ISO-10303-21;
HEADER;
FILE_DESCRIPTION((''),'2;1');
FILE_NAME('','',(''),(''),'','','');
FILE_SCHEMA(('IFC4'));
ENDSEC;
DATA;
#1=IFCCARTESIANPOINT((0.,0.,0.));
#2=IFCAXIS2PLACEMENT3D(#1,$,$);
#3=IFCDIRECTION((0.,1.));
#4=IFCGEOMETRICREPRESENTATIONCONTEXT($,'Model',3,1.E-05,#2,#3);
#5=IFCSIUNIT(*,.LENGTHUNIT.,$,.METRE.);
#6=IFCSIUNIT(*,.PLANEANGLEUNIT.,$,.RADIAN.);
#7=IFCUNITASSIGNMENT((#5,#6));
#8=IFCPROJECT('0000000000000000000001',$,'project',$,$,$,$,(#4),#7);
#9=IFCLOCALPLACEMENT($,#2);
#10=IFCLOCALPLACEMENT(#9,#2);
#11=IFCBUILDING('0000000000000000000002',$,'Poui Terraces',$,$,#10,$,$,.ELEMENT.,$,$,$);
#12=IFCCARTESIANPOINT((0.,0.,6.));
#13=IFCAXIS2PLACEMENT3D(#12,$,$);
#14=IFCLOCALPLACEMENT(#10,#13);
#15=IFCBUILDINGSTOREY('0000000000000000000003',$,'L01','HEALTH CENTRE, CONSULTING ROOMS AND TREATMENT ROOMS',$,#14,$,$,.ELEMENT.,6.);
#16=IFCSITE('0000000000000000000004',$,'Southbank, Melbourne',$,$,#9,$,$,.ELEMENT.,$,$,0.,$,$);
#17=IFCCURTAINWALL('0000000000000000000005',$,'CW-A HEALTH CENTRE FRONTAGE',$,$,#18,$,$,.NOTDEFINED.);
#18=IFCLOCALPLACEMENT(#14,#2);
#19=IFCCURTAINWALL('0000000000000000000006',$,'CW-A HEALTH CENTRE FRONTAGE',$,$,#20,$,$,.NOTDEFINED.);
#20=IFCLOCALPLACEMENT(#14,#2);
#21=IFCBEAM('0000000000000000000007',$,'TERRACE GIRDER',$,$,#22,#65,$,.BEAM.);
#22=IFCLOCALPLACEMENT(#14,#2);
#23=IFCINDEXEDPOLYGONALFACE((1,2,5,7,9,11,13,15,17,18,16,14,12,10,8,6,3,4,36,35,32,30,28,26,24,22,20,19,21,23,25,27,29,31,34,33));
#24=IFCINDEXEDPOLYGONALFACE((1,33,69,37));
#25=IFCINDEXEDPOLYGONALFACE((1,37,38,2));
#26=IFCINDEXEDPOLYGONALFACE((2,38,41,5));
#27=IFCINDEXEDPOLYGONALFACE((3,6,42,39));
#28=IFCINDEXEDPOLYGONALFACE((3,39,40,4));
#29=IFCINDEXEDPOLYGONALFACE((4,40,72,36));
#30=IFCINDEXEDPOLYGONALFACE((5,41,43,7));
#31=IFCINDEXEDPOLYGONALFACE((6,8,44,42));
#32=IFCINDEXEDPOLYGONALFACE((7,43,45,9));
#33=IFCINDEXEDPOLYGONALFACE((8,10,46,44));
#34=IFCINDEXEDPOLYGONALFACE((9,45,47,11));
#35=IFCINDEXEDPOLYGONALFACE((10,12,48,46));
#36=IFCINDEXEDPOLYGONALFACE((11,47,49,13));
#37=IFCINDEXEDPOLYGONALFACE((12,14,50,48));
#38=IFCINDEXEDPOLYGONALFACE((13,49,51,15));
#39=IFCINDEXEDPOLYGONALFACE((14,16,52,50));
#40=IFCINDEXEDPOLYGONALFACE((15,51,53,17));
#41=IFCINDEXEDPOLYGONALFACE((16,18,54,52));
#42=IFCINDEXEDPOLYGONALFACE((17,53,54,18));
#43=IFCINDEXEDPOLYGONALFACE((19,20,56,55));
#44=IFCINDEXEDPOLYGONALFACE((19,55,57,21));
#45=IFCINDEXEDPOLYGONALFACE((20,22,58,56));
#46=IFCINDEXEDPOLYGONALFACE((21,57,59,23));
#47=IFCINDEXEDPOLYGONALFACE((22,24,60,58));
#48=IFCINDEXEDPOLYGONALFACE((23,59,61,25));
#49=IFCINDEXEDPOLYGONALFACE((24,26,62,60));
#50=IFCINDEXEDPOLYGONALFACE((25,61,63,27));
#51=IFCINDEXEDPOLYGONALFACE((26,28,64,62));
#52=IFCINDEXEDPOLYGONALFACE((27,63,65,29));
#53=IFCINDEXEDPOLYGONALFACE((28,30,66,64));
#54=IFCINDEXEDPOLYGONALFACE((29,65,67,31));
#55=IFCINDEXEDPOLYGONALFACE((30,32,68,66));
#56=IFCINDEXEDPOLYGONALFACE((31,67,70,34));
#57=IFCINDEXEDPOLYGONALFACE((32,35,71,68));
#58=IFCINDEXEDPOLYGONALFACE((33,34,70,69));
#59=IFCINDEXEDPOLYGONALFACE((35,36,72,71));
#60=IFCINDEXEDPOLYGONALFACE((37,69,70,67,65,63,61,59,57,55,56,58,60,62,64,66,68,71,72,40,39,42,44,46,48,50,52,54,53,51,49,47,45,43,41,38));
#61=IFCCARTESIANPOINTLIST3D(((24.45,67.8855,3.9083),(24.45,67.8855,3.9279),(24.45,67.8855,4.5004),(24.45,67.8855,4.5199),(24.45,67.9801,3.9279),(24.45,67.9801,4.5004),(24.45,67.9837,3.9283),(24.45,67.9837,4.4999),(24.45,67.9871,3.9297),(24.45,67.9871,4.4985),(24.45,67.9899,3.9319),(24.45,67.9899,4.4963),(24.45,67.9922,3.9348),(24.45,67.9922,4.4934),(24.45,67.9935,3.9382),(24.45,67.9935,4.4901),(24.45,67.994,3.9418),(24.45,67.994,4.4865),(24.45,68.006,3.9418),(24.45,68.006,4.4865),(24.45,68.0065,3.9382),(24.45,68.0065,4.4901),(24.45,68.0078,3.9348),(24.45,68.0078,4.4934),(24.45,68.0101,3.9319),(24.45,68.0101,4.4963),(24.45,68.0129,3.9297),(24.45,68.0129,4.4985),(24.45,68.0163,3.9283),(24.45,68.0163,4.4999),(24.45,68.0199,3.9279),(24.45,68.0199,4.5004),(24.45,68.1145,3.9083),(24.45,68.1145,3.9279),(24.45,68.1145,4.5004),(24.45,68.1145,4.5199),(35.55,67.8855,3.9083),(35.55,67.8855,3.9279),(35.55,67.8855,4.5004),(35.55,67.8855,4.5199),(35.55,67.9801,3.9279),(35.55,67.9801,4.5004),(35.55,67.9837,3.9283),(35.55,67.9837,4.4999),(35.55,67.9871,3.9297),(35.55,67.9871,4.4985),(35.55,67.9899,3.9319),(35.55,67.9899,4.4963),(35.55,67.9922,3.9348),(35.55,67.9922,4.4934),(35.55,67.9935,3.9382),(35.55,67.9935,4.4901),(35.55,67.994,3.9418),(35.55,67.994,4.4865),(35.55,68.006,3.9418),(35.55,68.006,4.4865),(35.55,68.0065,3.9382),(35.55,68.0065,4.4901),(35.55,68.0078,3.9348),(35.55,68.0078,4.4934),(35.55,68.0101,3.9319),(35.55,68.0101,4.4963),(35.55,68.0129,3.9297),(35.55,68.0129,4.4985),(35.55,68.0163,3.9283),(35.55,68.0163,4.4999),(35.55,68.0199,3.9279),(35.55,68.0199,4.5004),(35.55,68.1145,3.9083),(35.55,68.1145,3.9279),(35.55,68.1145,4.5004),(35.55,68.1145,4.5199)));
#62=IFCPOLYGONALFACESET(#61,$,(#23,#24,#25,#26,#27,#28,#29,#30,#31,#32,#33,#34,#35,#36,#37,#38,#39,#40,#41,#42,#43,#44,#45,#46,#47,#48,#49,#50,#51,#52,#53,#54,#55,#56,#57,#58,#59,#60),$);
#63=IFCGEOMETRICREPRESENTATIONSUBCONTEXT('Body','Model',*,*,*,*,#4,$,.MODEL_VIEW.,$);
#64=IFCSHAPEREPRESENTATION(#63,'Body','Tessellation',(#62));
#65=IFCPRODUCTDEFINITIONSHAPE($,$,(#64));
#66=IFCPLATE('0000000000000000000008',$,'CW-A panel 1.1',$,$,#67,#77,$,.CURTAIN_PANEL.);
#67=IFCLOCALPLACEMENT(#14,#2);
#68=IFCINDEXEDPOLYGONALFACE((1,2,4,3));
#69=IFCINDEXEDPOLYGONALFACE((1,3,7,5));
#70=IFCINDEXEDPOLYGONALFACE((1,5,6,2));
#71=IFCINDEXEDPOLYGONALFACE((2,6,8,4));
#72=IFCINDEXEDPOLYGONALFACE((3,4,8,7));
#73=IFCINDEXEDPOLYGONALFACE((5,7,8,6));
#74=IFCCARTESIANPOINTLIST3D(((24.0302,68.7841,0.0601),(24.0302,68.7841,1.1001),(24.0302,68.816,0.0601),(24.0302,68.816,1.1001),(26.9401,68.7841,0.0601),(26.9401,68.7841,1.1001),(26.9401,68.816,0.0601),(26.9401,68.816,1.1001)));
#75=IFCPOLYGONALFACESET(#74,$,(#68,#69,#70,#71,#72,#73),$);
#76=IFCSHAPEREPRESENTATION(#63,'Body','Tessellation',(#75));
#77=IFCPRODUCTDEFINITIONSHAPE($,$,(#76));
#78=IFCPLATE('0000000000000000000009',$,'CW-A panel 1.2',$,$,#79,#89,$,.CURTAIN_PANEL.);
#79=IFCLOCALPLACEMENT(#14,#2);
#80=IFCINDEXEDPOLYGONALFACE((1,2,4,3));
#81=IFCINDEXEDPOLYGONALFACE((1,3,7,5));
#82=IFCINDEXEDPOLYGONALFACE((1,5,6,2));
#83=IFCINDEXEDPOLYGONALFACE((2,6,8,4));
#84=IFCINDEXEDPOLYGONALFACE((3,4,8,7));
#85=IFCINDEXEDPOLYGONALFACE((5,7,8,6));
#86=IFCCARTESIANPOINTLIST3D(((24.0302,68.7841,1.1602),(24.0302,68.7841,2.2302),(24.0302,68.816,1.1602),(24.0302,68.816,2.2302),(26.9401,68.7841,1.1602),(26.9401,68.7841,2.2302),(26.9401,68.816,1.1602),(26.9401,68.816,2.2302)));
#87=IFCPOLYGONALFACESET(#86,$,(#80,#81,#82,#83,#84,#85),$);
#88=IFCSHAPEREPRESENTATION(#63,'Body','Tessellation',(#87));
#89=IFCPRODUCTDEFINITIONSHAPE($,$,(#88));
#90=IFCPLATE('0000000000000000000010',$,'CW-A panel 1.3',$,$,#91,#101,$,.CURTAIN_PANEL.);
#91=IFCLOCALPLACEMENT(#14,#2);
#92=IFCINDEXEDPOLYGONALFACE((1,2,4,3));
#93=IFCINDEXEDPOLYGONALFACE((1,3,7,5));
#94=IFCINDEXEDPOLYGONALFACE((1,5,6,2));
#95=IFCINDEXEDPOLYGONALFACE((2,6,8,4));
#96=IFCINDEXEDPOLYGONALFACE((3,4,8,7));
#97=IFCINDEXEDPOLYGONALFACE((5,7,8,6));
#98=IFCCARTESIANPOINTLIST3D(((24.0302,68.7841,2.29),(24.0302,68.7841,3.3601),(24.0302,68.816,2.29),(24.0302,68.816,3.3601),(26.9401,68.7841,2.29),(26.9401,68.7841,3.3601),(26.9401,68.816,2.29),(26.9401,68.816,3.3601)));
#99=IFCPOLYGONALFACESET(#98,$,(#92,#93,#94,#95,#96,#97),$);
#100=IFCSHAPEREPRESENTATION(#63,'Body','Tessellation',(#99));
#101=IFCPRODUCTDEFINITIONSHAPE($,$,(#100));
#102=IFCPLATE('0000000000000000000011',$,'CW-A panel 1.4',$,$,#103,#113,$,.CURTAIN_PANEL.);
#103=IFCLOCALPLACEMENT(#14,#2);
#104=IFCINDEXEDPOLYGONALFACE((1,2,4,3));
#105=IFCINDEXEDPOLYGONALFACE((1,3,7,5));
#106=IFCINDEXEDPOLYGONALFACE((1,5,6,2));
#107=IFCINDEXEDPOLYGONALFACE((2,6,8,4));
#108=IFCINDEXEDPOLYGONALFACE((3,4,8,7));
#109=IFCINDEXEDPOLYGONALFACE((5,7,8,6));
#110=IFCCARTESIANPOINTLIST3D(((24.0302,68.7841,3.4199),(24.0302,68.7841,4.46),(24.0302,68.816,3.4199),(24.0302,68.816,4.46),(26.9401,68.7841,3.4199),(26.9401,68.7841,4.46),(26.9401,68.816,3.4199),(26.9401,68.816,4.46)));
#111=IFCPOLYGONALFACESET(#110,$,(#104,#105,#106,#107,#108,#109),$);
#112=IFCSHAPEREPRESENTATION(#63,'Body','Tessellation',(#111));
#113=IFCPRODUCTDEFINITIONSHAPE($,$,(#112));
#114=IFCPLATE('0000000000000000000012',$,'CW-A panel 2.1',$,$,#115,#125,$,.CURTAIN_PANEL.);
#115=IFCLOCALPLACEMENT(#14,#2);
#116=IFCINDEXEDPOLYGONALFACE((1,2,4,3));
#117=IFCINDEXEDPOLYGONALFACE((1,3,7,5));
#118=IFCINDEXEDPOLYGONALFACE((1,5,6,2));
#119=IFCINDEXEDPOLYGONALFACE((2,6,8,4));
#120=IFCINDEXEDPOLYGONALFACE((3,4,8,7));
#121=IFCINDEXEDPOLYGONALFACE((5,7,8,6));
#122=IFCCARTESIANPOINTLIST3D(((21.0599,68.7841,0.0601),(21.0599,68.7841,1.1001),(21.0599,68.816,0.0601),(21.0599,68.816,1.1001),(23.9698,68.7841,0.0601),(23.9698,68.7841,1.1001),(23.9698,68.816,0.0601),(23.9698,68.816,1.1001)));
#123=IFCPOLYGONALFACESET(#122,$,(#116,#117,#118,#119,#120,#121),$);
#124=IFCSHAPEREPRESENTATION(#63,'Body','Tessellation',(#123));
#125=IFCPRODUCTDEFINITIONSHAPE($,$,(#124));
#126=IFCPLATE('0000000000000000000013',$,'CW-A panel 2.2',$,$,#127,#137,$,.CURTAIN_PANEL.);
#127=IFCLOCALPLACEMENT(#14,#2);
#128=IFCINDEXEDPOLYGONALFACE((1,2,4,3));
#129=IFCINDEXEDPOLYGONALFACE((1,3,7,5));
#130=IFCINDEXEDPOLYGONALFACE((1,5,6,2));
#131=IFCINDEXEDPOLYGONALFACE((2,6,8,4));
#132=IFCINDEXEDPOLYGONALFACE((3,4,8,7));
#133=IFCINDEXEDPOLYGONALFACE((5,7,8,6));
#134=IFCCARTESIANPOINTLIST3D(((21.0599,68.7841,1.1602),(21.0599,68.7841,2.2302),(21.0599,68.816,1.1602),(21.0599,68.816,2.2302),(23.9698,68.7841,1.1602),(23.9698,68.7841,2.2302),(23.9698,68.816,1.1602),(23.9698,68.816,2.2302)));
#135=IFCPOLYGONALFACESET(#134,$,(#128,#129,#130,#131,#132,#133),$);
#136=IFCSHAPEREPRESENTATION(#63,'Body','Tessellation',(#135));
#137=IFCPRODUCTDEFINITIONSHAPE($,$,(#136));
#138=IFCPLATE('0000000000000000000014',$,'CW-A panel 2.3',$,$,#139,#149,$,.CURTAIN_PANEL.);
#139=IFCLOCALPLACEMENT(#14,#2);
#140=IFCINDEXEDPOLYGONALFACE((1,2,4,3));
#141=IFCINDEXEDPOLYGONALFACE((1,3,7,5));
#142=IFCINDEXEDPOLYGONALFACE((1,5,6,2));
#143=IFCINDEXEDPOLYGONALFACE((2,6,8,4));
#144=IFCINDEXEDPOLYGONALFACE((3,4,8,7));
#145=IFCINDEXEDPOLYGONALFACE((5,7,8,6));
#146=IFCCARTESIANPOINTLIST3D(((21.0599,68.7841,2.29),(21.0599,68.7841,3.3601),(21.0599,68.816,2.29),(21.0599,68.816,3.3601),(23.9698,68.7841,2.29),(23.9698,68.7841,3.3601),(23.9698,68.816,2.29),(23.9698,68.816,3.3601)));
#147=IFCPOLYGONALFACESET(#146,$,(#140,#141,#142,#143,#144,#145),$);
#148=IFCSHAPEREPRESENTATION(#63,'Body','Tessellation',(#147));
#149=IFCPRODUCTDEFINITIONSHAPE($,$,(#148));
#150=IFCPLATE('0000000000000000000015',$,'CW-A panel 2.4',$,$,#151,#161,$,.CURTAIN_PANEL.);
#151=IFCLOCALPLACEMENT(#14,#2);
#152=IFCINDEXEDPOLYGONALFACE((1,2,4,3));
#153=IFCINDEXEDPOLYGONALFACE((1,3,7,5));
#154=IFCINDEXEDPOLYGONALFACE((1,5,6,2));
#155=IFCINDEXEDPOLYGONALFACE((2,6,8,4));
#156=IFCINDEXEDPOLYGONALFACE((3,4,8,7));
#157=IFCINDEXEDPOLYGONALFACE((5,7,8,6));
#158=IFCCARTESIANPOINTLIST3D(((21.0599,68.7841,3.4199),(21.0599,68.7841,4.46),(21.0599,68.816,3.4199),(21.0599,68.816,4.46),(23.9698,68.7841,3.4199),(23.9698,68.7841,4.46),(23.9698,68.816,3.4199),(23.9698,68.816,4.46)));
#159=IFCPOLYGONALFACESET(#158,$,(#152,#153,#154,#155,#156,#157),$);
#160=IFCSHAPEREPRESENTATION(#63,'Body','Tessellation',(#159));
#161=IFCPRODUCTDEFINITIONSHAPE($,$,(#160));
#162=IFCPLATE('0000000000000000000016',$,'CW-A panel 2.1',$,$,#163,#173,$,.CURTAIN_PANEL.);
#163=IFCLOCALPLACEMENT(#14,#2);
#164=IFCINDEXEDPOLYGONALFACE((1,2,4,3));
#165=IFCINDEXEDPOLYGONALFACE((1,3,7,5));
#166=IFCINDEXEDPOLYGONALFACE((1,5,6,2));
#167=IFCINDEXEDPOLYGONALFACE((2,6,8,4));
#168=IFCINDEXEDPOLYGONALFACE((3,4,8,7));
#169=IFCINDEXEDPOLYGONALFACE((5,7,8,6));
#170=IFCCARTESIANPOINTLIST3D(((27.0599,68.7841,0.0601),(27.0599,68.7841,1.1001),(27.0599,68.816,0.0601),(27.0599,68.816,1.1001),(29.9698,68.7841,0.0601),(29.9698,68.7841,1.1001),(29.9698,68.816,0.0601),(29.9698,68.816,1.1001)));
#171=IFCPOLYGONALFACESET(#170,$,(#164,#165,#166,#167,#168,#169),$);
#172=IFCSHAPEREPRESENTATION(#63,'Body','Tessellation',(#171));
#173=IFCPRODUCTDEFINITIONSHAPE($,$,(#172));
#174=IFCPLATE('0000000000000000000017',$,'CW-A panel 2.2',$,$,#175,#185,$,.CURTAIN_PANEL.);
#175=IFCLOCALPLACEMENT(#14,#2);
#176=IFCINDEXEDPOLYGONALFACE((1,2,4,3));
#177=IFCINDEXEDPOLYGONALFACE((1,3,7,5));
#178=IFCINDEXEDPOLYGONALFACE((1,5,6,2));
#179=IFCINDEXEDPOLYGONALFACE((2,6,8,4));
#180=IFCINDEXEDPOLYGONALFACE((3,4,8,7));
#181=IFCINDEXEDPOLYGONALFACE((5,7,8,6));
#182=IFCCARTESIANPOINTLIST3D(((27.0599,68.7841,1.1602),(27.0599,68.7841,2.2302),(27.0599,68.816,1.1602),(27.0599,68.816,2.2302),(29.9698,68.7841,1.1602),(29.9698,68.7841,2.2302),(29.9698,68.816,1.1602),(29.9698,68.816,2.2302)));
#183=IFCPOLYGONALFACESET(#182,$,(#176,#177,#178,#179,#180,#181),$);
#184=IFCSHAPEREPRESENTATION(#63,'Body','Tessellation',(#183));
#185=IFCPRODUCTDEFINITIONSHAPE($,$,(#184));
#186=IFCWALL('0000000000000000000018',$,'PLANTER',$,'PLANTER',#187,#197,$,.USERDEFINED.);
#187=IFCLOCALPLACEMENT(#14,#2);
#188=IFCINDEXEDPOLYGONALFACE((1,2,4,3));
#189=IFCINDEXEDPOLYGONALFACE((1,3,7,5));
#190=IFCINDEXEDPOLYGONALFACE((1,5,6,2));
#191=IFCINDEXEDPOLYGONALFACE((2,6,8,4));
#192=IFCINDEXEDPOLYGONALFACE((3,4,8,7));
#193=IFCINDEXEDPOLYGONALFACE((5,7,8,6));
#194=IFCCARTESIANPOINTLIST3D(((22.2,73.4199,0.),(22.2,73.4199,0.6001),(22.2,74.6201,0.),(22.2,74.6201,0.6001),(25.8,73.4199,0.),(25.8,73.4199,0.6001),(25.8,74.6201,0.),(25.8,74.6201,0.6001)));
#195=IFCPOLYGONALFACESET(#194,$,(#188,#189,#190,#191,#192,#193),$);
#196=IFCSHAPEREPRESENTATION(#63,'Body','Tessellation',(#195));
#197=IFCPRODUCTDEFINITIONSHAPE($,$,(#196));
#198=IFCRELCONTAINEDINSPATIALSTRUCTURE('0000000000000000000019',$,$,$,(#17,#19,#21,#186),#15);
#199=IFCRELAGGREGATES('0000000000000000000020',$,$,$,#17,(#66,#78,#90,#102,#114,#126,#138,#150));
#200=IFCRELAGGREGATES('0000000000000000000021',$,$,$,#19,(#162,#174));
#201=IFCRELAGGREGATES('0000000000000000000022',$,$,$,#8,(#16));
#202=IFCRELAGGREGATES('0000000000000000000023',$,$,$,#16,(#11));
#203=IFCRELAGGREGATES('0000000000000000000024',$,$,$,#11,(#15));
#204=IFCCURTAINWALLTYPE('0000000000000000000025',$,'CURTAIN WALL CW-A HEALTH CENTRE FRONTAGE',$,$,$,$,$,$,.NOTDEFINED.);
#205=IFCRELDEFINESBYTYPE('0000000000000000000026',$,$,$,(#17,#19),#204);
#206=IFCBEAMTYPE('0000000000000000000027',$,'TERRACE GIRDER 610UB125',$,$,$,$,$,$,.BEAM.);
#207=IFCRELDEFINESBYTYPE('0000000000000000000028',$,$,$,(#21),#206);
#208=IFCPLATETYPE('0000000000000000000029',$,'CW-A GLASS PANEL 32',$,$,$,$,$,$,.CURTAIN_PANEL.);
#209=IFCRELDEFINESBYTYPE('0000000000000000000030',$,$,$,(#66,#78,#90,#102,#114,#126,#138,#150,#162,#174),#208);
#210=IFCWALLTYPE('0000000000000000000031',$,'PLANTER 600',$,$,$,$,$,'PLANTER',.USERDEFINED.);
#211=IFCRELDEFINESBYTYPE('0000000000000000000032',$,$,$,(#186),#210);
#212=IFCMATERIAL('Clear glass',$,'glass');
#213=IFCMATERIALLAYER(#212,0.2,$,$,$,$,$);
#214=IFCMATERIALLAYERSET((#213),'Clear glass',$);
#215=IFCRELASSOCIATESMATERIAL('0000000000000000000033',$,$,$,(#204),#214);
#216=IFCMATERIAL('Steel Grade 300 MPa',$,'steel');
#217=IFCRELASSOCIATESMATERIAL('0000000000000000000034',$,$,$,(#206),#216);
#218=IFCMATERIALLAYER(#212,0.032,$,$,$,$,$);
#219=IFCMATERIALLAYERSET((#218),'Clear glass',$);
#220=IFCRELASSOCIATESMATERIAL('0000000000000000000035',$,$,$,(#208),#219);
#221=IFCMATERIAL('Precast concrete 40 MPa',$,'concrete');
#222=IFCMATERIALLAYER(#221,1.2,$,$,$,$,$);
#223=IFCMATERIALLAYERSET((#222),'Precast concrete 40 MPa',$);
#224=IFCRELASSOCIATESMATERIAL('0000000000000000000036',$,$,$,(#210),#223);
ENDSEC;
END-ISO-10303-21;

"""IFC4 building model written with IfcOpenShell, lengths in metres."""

from ifc_helpers import new_model, si_unit, direction, frame, origin, origin_2d, place, context, subcontext, project, spatial, polyline, rectangle, i_section, outline, extrude, source, transform, mapped, material, layer, layer_set, material_profile, profile_set, type_object, element, aggregate, save


model = new_model("IFC4")

# Units and contexts
model_context = context("Model", 3, precision=1e-05, world=origin(), true_north=direction((0.0, 1.0)))
body_context = subcontext(model_context, "Body", "Model", "MODEL_VIEW")
ifc_project = project(units=[si_unit("LENGTHUNIT", "METRE"), si_unit("PLANEANGLEUNIT", "RADIAN")], contexts=[model_context])

# Site, building, storey
site_placement = place(None, origin())
site = spatial("IfcSite", under=ifc_project, at=site_placement, Name="Southbank, Melbourne", CompositionType="ELEMENT", RefElevation=0.0)
building_placement = place(site_placement, origin())
building = spatial("IfcBuilding", under=site, at=building_placement, Name="Poui Terraces", CompositionType="ELEMENT")
storey_placement = place(building_placement, frame((0.0, 0.0, 6.0)))
storey = spatial("IfcBuildingStorey", under=building, at=storey_placement, Name="L01", Description="HEALTH CENTRE, CONSULTING ROOMS AND TREATMENT ROOMS", CompositionType="ELEMENT", Elevation=6.0)

# Shared definitions
ifc_material_1 = material(Name="Clear glass", Category="glass")
ifc_layer_1 = layer(ifc_material_1, 0.2)
ifc_layer_set_1 = layer_set([ifc_layer_1], Name="Clear glass")
curtain_wall_type = type_object("IfcCurtainWallType", Name="CURTAIN WALL CW-A HEALTH CENTRE FRONTAGE", PredefinedType="NOTDEFINED", material=ifc_layer_set_1)

# Curtain wall
curtain_wall_1_placement = place(storey_placement, origin())
curtain_wall_1 = element("IfcCurtainWall", 1, at=curtain_wall_1_placement, inside=storey, type_object=curtain_wall_type, Name="CW-A HEALTH CENTRE FRONTAGE", PredefinedType="NOTDEFINED")

# Curtain wall
curtain_wall_2_placement = place(storey_placement, origin())
curtain_wall_2 = element("IfcCurtainWall", 2, at=curtain_wall_2_placement, inside=storey, type_object=curtain_wall_type, Name="CW-A HEALTH CENTRE FRONTAGE", PredefinedType="NOTDEFINED")

# Beam
ifc_material_2 = material(Name="Steel Grade 300 MPa", Category="steel")
ifc_material_profile_1 = material_profile(ifc_material_2, i_section(OverallWidth=0.229, OverallDepth=0.6116, WebThickness=0.012, FlangeThickness=0.0195, FilletRadius=0.0139, at=origin_2d()), Name="610UB125")
ifc_profile_set_1 = profile_set([ifc_material_profile_1], Name="Steel Grade 300 MPa")
beam_type_1 = type_object("IfcBeamType", Name="TERRACE GIRDER 610UB125", PredefinedType="BEAM", material=ifc_profile_set_1)
shared_shape_1 = source(origin(), body_context, "Body", "SweptSolid", [
    extrude(i_section(OverallWidth=0.229, OverallDepth=0.6116, WebThickness=0.012, FlangeThickness=0.0195, FilletRadius=0.0139, at=origin_2d()), origin(), (0.0, 0.0, 1.0), 11.1001),
])
beam_placement = place(storey_placement, frame((24.45, 68.0, 4.2141), z_axis=(1.0, 0.0, 0.0), x_axis=(0.0, 1.0, 0.0)))
element("IfcBeam", 3, at=beam_placement, inside=storey, type_object=beam_type_1, Name="TERRACE GIRDER", PredefinedType="BEAM", context=body_context, shape_type="MappedRepresentation", body=[
    mapped(shared_shape_1, transform((0.0, 0.0, 0.0))),
])

# Plates
ifc_layer_2 = layer(ifc_material_1, 0.032)
ifc_layer_set_2 = layer_set([ifc_layer_2], Name="Clear glass")
plate_type = type_object("IfcPlateType", Name="CW-A GLASS PANEL 32", PredefinedType="CURTAIN_PANEL", material=ifc_layer_set_2)
plate_1_placement = place(storey_placement, frame((25.4851, 68.8, 0.0601), z_axis=(0.0, 0.0, 1.0), x_axis=(-1.0, 0.0, 0.0)))
plate_1 = element("IfcPlate", 4, at=plate_1_placement, type_object=plate_type, Name="CW-A panel 1.1", PredefinedType="CURTAIN_PANEL", context=body_context, shape_type="SweptSolid", body=[
    extrude(rectangle(XDim=2.9099, YDim=0.032, at=origin_2d()), origin(), (0.0, 0.0, 1.0), 1.04),
])
plate_2_placement = place(storey_placement, frame((25.4851, 68.8, 1.1602), z_axis=(0.0, 0.0, 1.0), x_axis=(-1.0, 0.0, 0.0)))
plate_2 = element("IfcPlate", 5, at=plate_2_placement, type_object=plate_type, Name="CW-A panel 1.2", PredefinedType="CURTAIN_PANEL", context=body_context, shape_type="SweptSolid", body=[
    extrude(rectangle(XDim=2.9099, YDim=0.032, at=origin_2d()), origin(), (0.0, 0.0, 1.0), 1.0701),
])
plate_3_placement = place(storey_placement, frame((25.4851, 68.8, 2.29), z_axis=(0.0, 0.0, 1.0), x_axis=(-1.0, 0.0, 0.0)))
plate_3 = element("IfcPlate", 6, at=plate_3_placement, type_object=plate_type, Name="CW-A panel 1.3", PredefinedType="CURTAIN_PANEL", context=body_context, shape_type="SweptSolid", body=[
    extrude(rectangle(XDim=2.9099, YDim=0.032, at=origin_2d()), origin(), (0.0, 0.0, 1.0), 1.0701),
])
plate_4_placement = place(storey_placement, frame((25.4851, 68.8, 3.4199), z_axis=(0.0, 0.0, 1.0), x_axis=(-1.0, 0.0, 0.0)))
plate_4 = element("IfcPlate", 7, at=plate_4_placement, type_object=plate_type, Name="CW-A panel 1.4", PredefinedType="CURTAIN_PANEL", context=body_context, shape_type="SweptSolid", body=[
    extrude(rectangle(XDim=2.9099, YDim=0.032, at=origin_2d()), origin(), (0.0, 0.0, 1.0), 1.04),
])
plate_5_placement = place(storey_placement, frame((22.5149, 68.8, 0.0601), z_axis=(0.0, 0.0, 1.0), x_axis=(-1.0, 0.0, 0.0)))
plate_5 = element("IfcPlate", 8, at=plate_5_placement, type_object=plate_type, Name="CW-A panel 2.1", PredefinedType="CURTAIN_PANEL", context=body_context, shape_type="SweptSolid", body=[
    extrude(rectangle(XDim=2.9099, YDim=0.032, at=origin_2d()), origin(), (0.0, 0.0, 1.0), 1.04),
])
plate_6_placement = place(storey_placement, frame((22.5149, 68.8, 1.1602), z_axis=(0.0, 0.0, 1.0), x_axis=(-1.0, 0.0, 0.0)))
plate_6 = element("IfcPlate", 9, at=plate_6_placement, type_object=plate_type, Name="CW-A panel 2.2", PredefinedType="CURTAIN_PANEL", context=body_context, shape_type="SweptSolid", body=[
    extrude(rectangle(XDim=2.9099, YDim=0.032, at=origin_2d()), origin(), (0.0, 0.0, 1.0), 1.0701),
])
plate_7_placement = place(storey_placement, frame((22.5149, 68.8, 2.29), z_axis=(0.0, 0.0, 1.0), x_axis=(-1.0, 0.0, 0.0)))
plate_7 = element("IfcPlate", 10, at=plate_7_placement, type_object=plate_type, Name="CW-A panel 2.3", PredefinedType="CURTAIN_PANEL", context=body_context, shape_type="SweptSolid", body=[
    extrude(rectangle(XDim=2.9099, YDim=0.032, at=origin_2d()), origin(), (0.0, 0.0, 1.0), 1.0701),
])
plate_8_placement = place(storey_placement, frame((22.5149, 68.8, 3.4199), z_axis=(0.0, 0.0, 1.0), x_axis=(-1.0, 0.0, 0.0)))
plate_8 = element("IfcPlate", 11, at=plate_8_placement, type_object=plate_type, Name="CW-A panel 2.4", PredefinedType="CURTAIN_PANEL", context=body_context, shape_type="SweptSolid", body=[
    extrude(rectangle(XDim=2.9099, YDim=0.032, at=origin_2d()), origin(), (0.0, 0.0, 1.0), 1.04),
])
aggregate(curtain_wall_1, [plate_1, plate_2, plate_3, plate_4, plate_5, plate_6, plate_7, plate_8])
plate_9_placement = place(storey_placement, frame((28.5149, 68.8, 0.0601), z_axis=(0.0, 0.0, 1.0), x_axis=(-1.0, 0.0, 0.0)))
plate_9 = element("IfcPlate", 12, at=plate_9_placement, type_object=plate_type, Name="CW-A panel 2.1", PredefinedType="CURTAIN_PANEL", context=body_context, shape_type="SweptSolid", body=[
    extrude(rectangle(XDim=2.9099, YDim=0.032, at=origin_2d()), origin(), (0.0, 0.0, 1.0), 1.04),
])
plate_10_placement = place(storey_placement, frame((28.5149, 68.8, 1.1602), z_axis=(0.0, 0.0, 1.0), x_axis=(-1.0, 0.0, 0.0)))
plate_10 = element("IfcPlate", 13, at=plate_10_placement, type_object=plate_type, Name="CW-A panel 2.2", PredefinedType="CURTAIN_PANEL", context=body_context, shape_type="SweptSolid", body=[
    extrude(rectangle(XDim=2.9099, YDim=0.032, at=origin_2d()), origin(), (0.0, 0.0, 1.0), 1.0701),
])
aggregate(curtain_wall_2, [plate_9, plate_10])

# Wall
ifc_material_3 = material(Name="Precast concrete 40 MPa", Category="concrete")
ifc_layer_3 = layer(ifc_material_3, 1.2)
ifc_layer_set_3 = layer_set([ifc_layer_3], Name="Precast concrete 40 MPa")
wall_type = type_object("IfcWallType", Name="PLANTER 600", ElementType="PLANTER", PredefinedType="USERDEFINED", material=ifc_layer_set_3)
shared_shape_2 = source(origin(), body_context, "Body", "SweptSolid", [
    extrude(outline(polyline([(0.0, 0.0), (3.6001, 0.0), (3.6001, 1.2002), (0.0, 1.2002), (0.0, 0.0)])), origin(), (0.0, 0.0, 1.0), 0.6001),
])
for number, where, name in (
    (14, (22.2, 73.4199, 0.0), "PLANTER"),
):
    element("IfcWall", number, at=place(storey_placement, frame(where)), inside=storey, type_object=wall_type, Name=name, ObjectType="PLANTER", PredefinedType="USERDEFINED", context=body_context, shape_type="MappedRepresentation", body=[
        mapped(shared_shape_2, transform((0.0, 0.0, 0.0))),
    ])

save(model, "model.ifc")
